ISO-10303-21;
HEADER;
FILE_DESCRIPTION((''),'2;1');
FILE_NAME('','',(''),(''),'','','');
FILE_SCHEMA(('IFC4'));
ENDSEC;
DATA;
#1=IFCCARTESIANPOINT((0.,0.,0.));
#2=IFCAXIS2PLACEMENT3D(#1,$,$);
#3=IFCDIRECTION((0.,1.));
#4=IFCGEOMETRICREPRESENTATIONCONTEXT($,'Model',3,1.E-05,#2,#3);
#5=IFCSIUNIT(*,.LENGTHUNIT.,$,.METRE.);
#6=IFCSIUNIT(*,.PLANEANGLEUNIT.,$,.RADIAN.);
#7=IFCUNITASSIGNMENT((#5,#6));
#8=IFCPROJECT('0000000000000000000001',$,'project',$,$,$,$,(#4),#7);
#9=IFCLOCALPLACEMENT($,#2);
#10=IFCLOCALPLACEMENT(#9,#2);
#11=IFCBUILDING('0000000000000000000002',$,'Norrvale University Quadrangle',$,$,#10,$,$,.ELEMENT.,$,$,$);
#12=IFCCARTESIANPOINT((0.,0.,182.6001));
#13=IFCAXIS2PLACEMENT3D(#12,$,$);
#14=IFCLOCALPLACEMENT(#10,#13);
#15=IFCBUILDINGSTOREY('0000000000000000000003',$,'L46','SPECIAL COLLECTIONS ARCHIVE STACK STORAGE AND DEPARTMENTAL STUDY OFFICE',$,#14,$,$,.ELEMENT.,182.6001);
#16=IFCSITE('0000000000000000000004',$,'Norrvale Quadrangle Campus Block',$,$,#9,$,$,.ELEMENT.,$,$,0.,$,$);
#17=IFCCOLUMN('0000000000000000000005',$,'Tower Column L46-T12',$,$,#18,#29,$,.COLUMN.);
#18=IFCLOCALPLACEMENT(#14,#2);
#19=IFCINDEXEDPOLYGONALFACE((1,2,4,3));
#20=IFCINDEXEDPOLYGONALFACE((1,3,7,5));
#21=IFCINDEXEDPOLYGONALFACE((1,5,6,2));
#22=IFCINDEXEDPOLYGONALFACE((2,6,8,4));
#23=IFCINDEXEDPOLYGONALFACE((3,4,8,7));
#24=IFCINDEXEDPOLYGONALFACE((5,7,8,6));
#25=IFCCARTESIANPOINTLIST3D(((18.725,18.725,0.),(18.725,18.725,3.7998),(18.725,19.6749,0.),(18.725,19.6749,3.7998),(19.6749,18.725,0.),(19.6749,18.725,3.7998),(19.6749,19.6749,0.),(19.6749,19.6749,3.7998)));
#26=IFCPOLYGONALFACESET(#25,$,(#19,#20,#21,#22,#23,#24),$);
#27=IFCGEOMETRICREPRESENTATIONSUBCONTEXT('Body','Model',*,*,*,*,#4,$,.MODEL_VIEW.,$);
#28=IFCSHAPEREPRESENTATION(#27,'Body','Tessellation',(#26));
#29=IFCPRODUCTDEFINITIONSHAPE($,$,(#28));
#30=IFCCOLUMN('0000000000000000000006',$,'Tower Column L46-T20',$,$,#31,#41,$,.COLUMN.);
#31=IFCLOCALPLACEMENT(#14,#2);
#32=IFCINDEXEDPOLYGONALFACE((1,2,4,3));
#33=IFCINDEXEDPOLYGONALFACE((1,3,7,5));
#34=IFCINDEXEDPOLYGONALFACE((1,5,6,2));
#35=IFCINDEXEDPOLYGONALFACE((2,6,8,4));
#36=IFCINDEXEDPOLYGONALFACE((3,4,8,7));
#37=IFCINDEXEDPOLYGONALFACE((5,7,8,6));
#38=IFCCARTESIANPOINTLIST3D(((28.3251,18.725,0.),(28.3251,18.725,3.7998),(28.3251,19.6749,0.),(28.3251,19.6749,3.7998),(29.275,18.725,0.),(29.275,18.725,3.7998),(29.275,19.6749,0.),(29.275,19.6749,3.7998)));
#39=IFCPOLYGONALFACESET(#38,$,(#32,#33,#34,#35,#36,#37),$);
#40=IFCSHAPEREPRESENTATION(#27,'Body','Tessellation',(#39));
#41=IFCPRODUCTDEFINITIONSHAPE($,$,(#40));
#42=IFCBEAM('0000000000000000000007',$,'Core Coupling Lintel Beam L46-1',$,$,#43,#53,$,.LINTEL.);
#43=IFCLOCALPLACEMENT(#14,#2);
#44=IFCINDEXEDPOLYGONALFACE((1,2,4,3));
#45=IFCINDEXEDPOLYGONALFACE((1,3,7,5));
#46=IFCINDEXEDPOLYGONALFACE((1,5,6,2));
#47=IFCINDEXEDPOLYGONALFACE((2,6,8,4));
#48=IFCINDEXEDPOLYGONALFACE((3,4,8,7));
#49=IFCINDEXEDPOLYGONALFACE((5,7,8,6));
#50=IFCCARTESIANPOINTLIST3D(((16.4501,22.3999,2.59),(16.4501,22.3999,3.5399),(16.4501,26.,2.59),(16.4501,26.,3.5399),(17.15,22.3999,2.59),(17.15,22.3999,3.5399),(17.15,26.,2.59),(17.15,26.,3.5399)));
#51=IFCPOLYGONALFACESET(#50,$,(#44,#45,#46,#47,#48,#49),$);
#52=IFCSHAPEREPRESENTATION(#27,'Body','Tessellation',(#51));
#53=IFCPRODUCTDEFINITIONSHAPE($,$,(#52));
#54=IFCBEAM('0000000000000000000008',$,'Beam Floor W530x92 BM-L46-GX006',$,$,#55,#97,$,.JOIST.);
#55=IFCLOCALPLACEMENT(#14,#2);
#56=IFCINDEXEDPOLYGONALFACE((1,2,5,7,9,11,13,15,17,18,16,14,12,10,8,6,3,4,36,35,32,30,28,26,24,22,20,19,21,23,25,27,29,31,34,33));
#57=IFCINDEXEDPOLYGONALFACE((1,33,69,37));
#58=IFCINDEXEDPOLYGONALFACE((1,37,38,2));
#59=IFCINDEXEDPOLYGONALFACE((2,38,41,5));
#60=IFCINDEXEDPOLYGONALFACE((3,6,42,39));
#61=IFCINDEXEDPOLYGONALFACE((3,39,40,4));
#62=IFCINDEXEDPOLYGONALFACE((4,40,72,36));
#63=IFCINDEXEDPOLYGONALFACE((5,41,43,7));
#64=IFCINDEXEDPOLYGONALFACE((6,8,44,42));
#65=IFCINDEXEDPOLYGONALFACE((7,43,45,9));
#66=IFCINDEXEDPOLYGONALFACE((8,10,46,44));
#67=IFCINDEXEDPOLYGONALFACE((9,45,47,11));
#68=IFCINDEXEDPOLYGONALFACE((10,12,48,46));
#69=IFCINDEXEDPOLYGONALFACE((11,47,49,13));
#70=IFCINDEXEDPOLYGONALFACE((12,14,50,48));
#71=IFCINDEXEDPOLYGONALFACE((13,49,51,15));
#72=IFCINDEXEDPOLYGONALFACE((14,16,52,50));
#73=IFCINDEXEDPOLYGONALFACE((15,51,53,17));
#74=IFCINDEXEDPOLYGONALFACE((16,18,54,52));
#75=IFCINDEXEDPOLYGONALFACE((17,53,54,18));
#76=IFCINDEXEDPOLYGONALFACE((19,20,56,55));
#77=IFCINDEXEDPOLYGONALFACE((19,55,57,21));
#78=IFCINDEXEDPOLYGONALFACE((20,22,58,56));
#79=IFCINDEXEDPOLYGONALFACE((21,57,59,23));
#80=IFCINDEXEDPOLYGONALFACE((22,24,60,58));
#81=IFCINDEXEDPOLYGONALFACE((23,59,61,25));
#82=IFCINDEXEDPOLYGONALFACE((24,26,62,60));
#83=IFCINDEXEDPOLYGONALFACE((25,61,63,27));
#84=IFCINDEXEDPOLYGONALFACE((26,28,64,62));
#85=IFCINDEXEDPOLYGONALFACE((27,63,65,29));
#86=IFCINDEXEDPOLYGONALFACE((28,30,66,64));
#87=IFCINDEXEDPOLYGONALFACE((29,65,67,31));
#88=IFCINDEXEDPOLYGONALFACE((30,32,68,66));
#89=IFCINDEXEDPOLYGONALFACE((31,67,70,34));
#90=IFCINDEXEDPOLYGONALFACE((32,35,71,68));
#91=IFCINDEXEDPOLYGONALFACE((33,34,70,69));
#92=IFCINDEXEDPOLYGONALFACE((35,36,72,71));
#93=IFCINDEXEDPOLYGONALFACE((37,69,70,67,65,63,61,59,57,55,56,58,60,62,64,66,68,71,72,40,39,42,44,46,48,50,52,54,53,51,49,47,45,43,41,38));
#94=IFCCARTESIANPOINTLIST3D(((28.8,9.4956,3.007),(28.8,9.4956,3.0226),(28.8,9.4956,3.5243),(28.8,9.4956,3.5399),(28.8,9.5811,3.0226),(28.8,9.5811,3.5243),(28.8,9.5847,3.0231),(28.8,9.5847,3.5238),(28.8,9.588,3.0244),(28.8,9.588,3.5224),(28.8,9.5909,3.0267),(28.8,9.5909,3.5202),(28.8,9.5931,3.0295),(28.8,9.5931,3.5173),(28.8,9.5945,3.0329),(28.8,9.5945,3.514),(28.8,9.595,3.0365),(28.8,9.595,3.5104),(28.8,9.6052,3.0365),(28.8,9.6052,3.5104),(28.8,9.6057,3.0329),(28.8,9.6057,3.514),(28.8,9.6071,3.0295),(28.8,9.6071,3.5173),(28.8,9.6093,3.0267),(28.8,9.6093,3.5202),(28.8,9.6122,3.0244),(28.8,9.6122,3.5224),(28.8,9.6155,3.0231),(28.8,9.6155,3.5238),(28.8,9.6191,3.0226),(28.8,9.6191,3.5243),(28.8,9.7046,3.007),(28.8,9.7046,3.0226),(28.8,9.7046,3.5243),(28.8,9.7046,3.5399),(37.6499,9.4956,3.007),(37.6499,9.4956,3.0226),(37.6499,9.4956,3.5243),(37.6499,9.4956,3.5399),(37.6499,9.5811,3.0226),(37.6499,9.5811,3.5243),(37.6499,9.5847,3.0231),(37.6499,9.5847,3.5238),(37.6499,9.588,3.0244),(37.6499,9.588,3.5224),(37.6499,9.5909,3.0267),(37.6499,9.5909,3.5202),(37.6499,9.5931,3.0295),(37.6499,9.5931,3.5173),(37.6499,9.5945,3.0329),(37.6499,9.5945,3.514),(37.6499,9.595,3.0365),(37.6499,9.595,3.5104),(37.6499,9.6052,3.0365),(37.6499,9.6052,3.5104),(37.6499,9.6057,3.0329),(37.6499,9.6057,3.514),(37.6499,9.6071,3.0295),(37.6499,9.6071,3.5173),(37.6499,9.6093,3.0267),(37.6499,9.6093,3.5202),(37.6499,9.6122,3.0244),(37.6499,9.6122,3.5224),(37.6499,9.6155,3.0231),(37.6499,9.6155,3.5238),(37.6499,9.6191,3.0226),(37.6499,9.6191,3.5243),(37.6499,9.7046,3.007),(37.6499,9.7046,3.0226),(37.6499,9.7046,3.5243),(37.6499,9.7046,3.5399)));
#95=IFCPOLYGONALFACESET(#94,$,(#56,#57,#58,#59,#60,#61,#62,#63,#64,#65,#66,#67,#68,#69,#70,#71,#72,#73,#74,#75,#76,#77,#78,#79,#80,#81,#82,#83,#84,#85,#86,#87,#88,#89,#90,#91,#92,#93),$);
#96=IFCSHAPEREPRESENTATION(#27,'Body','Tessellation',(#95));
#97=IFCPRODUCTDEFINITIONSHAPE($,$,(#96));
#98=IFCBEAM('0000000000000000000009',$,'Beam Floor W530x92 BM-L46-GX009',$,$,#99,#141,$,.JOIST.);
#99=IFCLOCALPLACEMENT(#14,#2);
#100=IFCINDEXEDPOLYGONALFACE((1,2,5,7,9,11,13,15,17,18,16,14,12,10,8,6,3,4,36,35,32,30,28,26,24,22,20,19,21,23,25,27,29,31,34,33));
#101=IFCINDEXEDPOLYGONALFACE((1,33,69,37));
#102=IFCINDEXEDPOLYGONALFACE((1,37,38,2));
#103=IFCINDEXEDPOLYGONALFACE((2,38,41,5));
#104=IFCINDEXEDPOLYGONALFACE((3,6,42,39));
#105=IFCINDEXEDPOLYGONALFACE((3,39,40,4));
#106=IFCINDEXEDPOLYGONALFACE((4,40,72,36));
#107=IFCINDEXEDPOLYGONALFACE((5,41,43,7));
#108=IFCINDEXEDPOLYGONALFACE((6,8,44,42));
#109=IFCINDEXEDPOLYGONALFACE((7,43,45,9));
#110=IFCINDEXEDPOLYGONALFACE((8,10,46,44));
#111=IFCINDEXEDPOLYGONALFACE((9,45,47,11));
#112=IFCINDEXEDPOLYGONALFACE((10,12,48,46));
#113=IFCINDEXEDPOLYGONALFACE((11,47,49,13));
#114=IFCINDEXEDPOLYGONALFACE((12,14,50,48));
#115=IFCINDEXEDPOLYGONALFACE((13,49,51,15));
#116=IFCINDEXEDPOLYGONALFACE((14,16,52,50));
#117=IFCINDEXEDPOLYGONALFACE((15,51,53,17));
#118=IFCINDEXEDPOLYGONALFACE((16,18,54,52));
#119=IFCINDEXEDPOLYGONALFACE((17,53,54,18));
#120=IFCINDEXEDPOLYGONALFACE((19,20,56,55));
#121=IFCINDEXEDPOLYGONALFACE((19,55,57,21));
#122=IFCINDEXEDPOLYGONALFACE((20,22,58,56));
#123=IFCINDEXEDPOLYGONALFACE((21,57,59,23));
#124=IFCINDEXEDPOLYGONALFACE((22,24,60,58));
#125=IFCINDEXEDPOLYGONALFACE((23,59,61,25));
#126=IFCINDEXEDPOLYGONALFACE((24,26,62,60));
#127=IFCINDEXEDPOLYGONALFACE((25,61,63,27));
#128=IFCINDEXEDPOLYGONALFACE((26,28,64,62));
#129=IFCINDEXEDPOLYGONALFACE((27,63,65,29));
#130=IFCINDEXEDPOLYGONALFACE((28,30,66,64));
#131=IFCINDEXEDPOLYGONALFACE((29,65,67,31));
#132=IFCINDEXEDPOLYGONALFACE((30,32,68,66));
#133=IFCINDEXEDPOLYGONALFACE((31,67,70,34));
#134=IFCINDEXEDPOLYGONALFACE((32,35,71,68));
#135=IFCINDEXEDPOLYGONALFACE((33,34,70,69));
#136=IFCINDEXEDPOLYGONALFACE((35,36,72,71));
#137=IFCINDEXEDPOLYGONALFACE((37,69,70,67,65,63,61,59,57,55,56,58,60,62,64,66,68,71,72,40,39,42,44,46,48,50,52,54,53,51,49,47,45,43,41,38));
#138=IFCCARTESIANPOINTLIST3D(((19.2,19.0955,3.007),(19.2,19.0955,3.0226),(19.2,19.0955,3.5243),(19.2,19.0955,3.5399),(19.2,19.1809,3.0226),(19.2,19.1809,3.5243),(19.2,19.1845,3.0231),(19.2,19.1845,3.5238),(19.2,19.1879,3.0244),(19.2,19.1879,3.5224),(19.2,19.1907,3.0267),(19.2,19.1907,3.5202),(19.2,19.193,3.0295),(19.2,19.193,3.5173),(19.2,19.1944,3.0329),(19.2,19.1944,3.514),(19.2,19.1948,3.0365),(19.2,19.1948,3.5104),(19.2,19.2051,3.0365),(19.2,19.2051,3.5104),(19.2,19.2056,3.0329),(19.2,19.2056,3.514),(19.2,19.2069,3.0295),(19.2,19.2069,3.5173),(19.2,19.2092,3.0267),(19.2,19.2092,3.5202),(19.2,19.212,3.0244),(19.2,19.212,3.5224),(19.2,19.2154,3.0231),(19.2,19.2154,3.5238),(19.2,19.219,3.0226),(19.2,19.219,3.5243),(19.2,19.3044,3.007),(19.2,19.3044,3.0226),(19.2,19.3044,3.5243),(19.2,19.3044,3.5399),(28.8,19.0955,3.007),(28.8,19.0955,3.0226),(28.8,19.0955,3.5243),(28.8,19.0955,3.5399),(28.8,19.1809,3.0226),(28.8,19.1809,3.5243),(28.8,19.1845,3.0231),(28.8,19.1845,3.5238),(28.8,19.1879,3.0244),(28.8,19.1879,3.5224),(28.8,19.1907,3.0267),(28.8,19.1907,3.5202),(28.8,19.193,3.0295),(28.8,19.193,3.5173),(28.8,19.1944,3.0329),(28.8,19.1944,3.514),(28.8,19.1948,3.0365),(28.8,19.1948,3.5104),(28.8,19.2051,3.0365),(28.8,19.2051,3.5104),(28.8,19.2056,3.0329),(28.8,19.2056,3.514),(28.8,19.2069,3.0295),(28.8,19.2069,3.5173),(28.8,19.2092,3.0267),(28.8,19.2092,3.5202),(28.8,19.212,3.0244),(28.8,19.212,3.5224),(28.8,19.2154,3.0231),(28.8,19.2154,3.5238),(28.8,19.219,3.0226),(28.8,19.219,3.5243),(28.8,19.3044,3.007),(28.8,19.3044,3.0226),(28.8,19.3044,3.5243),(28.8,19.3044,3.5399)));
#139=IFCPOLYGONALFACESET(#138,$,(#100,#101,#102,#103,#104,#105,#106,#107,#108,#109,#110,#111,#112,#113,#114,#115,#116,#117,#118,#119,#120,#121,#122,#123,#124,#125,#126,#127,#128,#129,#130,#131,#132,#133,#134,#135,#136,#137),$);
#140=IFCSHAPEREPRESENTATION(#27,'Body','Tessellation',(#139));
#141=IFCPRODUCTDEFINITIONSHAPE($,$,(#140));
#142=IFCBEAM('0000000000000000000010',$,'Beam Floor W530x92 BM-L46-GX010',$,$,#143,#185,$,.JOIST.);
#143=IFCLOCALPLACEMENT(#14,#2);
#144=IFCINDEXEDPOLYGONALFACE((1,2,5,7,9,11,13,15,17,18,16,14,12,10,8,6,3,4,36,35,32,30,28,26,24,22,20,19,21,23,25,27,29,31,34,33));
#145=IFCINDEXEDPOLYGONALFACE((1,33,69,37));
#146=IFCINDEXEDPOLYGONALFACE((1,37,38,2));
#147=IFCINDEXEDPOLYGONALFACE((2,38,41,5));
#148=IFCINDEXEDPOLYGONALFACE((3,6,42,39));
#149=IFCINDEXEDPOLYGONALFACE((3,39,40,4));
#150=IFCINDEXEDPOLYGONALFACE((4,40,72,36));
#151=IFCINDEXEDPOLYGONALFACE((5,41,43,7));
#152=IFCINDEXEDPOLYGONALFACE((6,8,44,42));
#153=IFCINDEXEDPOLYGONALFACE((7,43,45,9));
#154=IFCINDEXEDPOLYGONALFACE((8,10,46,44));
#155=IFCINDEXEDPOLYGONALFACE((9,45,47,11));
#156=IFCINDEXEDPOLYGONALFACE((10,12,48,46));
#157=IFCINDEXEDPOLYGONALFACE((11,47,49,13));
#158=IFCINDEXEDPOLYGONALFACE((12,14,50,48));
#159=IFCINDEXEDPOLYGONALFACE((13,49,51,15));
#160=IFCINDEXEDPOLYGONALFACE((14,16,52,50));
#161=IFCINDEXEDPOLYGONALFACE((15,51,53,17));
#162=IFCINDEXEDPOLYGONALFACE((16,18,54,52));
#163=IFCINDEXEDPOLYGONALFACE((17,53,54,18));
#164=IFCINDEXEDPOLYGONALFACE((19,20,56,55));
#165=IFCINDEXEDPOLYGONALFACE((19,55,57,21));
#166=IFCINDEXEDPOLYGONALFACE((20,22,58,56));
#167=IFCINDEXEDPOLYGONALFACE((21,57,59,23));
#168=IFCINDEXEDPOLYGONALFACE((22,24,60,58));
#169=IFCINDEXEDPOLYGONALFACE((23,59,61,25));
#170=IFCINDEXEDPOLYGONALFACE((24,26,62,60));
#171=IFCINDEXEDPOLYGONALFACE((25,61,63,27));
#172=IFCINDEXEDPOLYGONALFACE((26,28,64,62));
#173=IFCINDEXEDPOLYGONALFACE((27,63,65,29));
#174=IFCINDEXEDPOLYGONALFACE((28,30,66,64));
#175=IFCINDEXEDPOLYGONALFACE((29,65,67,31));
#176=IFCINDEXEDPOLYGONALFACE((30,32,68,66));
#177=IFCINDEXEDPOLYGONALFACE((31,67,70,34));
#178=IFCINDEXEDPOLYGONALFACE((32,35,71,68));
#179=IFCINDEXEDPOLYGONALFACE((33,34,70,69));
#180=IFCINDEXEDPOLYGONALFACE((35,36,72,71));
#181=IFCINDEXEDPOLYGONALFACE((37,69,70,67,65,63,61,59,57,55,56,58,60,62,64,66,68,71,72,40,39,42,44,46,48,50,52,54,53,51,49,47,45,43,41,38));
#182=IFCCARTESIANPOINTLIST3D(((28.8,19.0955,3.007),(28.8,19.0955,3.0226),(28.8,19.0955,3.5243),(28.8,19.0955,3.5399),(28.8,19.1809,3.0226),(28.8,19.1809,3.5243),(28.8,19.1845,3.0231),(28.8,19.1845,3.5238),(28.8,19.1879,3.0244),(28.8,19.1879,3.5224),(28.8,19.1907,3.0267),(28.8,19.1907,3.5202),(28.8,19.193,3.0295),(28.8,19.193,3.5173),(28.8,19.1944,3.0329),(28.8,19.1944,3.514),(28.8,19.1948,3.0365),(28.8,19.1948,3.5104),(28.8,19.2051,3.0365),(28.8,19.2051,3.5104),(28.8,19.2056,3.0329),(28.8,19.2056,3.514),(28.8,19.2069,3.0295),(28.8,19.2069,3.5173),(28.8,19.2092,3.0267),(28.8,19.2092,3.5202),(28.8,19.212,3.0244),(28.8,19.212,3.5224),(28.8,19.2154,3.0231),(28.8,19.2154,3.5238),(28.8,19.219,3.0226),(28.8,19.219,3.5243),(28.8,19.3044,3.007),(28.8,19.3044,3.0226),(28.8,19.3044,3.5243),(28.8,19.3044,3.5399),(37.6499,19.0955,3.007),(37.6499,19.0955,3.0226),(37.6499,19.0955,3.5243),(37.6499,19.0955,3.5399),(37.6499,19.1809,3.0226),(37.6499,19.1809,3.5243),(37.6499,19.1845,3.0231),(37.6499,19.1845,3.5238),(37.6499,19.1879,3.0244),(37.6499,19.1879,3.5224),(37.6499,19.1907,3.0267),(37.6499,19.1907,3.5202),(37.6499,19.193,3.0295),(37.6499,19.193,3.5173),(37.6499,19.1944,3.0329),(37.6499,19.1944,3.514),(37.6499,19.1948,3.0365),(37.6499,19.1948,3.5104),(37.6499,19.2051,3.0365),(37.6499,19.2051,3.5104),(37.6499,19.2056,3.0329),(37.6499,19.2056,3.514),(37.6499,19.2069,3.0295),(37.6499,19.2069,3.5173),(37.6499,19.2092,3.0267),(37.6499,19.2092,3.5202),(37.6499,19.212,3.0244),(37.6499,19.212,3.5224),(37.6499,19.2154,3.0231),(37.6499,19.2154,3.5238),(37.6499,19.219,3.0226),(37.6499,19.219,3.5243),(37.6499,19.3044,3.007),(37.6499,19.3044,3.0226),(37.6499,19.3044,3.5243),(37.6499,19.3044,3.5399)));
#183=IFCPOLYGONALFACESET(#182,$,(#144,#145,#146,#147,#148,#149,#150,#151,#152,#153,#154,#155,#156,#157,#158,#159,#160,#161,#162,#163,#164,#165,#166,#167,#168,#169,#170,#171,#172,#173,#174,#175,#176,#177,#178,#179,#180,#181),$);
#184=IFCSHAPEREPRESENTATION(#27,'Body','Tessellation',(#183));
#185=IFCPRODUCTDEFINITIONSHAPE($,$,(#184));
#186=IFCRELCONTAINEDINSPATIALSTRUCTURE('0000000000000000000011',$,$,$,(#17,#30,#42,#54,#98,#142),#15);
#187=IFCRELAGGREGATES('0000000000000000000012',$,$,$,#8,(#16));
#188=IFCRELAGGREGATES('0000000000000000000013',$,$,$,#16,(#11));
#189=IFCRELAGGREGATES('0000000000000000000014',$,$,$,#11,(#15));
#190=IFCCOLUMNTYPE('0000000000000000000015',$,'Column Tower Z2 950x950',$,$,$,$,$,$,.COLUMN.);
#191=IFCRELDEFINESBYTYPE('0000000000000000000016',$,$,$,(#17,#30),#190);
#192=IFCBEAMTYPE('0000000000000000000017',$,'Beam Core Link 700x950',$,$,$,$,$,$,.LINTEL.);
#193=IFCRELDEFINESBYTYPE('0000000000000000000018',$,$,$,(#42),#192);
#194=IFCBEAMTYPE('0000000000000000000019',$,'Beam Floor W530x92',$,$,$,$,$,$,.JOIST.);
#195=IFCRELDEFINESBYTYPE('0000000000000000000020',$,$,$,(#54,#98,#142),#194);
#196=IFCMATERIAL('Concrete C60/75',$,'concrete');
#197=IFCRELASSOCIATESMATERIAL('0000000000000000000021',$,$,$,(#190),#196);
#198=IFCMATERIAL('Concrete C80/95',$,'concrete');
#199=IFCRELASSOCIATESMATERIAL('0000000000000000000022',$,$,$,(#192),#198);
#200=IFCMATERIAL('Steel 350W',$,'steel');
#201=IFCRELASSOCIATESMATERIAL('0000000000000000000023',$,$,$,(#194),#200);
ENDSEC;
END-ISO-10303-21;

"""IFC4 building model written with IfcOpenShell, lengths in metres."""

from ifc_helpers import new_model, si_unit, direction, frame, origin, origin_2d, place, context, subcontext, project, spatial, rectangle, i_section, extrude, material, material_profile, profile_set, type_object, element, save


model = new_model("IFC4")

# Units and contexts
model_context = context("Model", 3, precision=1e-05, world=origin(), true_north=direction((0.0, 1.0)))
body_context = subcontext(model_context, "Body", "Model", "MODEL_VIEW")
ifc_project = project(units=[si_unit("LENGTHUNIT", "METRE"), si_unit("PLANEANGLEUNIT", "RADIAN")], contexts=[model_context])

# Site, building, storey
site_placement = place(None, origin())
site = spatial("IfcSite", under=ifc_project, at=site_placement, Name="Norrvale Quadrangle Campus Block", CompositionType="ELEMENT", RefElevation=0.0)
building_placement = place(site_placement, origin())
building = spatial("IfcBuilding", under=site, at=building_placement, Name="Norrvale University Quadrangle", CompositionType="ELEMENT")
storey_placement = place(building_placement, frame((0.0, 0.0, 182.6001)))
storey = spatial("IfcBuildingStorey", under=building, at=storey_placement, Name="L46", Description="SPECIAL COLLECTIONS ARCHIVE STACK STORAGE AND DEPARTMENTAL STUDY OFFICE", CompositionType="ELEMENT", Elevation=182.6001)

# Columns
ifc_material_1 = material(Name="Concrete C60/75", Category="concrete")
ifc_material_profile_1 = material_profile(ifc_material_1, rectangle(XDim=0.95, YDim=0.95, at=origin_2d()), Name="Concrete C60/75")
ifc_profile_set_1 = profile_set([ifc_material_profile_1], Name="Concrete C60/75")
column_type = type_object("IfcColumnType", Name="Column Tower Z2 950x950", PredefinedType="COLUMN", material=ifc_profile_set_1)
for number, where, z_axis, x_axis, name in (
    (1, (19.2, 19.2, 0.0), (0.0, 0.0, 1.0), (1.0, 0.0, 0.0), "Tower Column L46-T12"),
    (2, (28.8, 19.2, 0.0), (0.0, 0.0, 1.0), (1.0, 0.0, 0.0), "Tower Column L46-T20"),
):
    element("IfcColumn", number, at=place(storey_placement, frame(where, z_axis=z_axis, x_axis=x_axis)), inside=storey, type_object=column_type, Name=name, PredefinedType="COLUMN", context=body_context, shape_type="SweptSolid", body=[
        extrude(rectangle(XDim=0.95, YDim=0.95, at=origin_2d()), origin(), (0.0, 0.0, 1.0), 3.7998),
    ])

# Beams
ifc_material_2 = material(Name="Concrete C80/95", Category="concrete")
ifc_material_profile_2 = material_profile(ifc_material_2, rectangle(XDim=0.7, YDim=0.95, at=origin_2d()), Name="Concrete C80/95")
ifc_profile_set_2 = profile_set([ifc_material_profile_2], Name="Concrete C80/95")
beam_type_1 = type_object("IfcBeamType", Name="Beam Core Link 700x950", PredefinedType="LINTEL", material=ifc_profile_set_2)
beam_1_placement = place(storey_placement, frame((16.8, 22.3999, 3.0649), z_axis=(0.0, 1.0, 0.0), x_axis=(-1.0, 0.0, 0.0)))
element("IfcBeam", 3, at=beam_1_placement, inside=storey, type_object=beam_type_1, Name="Core Coupling Lintel Beam L46-1", PredefinedType="LINTEL", context=body_context, shape_type="SweptSolid", body=[
    extrude(rectangle(XDim=0.7, YDim=0.95, at=origin_2d()), origin(), (0.0, 0.0, 1.0), 3.6001),
])
ifc_material_3 = material(Name="Steel 350W", Category="steel")
ifc_material_profile_3 = material_profile(ifc_material_3, i_section(OverallWidth=0.209, OverallDepth=0.533, WebThickness=0.0103, FlangeThickness=0.0156, FilletRadius=0.0139, at=origin_2d()), Name="Steel 350W")
ifc_profile_set_3 = profile_set([ifc_material_profile_3], Name="Steel 350W")
beam_type_2 = type_object("IfcBeamType", Name="Beam Floor W530x92", PredefinedType="JOIST", material=ifc_profile_set_3)
beam_2_placement = place(storey_placement, frame((28.8, 9.6001, 3.2734), z_axis=(1.0, 0.0, 0.0), x_axis=(0.0, 1.0, 0.0)))
element("IfcBeam", 4, at=beam_2_placement, inside=storey, type_object=beam_type_2, Name="Beam Floor W530x92 BM-L46-GX006", PredefinedType="JOIST", context=body_context, shape_type="SweptSolid", body=[
    extrude(i_section(OverallWidth=0.209, OverallDepth=0.533, WebThickness=0.0103, FlangeThickness=0.0156, FilletRadius=0.0139, at=origin_2d()), origin(), (0.0, 0.0, 1.0), 8.8499),
])
beam_3_placement = place(storey_placement, frame((19.2, 19.2, 3.2734), z_axis=(1.0, 0.0, 0.0), x_axis=(0.0, 1.0, 0.0)))
element("IfcBeam", 5, at=beam_3_placement, inside=storey, type_object=beam_type_2, Name="Beam Floor W530x92 BM-L46-GX009", PredefinedType="JOIST", context=body_context, shape_type="SweptSolid", body=[
    extrude(i_section(OverallWidth=0.209, OverallDepth=0.533, WebThickness=0.0103, FlangeThickness=0.0156, FilletRadius=0.0139, at=origin_2d()), origin(), (0.0, 0.0, 1.0), 9.6001),
])
beam_4_placement = place(storey_placement, frame((28.8, 19.2, 3.2734), z_axis=(1.0, 0.0, 0.0), x_axis=(0.0, 1.0, 0.0)))
element("IfcBeam", 6, at=beam_4_placement, inside=storey, type_object=beam_type_2, Name="Beam Floor W530x92 BM-L46-GX010", PredefinedType="JOIST", context=body_context, shape_type="SweptSolid", body=[
    extrude(i_section(OverallWidth=0.209, OverallDepth=0.533, WebThickness=0.0103, FlangeThickness=0.0156, FilletRadius=0.0139, at=origin_2d()), origin(), (0.0, 0.0, 1.0), 8.8499),
])

save(model, "model.ifc")
